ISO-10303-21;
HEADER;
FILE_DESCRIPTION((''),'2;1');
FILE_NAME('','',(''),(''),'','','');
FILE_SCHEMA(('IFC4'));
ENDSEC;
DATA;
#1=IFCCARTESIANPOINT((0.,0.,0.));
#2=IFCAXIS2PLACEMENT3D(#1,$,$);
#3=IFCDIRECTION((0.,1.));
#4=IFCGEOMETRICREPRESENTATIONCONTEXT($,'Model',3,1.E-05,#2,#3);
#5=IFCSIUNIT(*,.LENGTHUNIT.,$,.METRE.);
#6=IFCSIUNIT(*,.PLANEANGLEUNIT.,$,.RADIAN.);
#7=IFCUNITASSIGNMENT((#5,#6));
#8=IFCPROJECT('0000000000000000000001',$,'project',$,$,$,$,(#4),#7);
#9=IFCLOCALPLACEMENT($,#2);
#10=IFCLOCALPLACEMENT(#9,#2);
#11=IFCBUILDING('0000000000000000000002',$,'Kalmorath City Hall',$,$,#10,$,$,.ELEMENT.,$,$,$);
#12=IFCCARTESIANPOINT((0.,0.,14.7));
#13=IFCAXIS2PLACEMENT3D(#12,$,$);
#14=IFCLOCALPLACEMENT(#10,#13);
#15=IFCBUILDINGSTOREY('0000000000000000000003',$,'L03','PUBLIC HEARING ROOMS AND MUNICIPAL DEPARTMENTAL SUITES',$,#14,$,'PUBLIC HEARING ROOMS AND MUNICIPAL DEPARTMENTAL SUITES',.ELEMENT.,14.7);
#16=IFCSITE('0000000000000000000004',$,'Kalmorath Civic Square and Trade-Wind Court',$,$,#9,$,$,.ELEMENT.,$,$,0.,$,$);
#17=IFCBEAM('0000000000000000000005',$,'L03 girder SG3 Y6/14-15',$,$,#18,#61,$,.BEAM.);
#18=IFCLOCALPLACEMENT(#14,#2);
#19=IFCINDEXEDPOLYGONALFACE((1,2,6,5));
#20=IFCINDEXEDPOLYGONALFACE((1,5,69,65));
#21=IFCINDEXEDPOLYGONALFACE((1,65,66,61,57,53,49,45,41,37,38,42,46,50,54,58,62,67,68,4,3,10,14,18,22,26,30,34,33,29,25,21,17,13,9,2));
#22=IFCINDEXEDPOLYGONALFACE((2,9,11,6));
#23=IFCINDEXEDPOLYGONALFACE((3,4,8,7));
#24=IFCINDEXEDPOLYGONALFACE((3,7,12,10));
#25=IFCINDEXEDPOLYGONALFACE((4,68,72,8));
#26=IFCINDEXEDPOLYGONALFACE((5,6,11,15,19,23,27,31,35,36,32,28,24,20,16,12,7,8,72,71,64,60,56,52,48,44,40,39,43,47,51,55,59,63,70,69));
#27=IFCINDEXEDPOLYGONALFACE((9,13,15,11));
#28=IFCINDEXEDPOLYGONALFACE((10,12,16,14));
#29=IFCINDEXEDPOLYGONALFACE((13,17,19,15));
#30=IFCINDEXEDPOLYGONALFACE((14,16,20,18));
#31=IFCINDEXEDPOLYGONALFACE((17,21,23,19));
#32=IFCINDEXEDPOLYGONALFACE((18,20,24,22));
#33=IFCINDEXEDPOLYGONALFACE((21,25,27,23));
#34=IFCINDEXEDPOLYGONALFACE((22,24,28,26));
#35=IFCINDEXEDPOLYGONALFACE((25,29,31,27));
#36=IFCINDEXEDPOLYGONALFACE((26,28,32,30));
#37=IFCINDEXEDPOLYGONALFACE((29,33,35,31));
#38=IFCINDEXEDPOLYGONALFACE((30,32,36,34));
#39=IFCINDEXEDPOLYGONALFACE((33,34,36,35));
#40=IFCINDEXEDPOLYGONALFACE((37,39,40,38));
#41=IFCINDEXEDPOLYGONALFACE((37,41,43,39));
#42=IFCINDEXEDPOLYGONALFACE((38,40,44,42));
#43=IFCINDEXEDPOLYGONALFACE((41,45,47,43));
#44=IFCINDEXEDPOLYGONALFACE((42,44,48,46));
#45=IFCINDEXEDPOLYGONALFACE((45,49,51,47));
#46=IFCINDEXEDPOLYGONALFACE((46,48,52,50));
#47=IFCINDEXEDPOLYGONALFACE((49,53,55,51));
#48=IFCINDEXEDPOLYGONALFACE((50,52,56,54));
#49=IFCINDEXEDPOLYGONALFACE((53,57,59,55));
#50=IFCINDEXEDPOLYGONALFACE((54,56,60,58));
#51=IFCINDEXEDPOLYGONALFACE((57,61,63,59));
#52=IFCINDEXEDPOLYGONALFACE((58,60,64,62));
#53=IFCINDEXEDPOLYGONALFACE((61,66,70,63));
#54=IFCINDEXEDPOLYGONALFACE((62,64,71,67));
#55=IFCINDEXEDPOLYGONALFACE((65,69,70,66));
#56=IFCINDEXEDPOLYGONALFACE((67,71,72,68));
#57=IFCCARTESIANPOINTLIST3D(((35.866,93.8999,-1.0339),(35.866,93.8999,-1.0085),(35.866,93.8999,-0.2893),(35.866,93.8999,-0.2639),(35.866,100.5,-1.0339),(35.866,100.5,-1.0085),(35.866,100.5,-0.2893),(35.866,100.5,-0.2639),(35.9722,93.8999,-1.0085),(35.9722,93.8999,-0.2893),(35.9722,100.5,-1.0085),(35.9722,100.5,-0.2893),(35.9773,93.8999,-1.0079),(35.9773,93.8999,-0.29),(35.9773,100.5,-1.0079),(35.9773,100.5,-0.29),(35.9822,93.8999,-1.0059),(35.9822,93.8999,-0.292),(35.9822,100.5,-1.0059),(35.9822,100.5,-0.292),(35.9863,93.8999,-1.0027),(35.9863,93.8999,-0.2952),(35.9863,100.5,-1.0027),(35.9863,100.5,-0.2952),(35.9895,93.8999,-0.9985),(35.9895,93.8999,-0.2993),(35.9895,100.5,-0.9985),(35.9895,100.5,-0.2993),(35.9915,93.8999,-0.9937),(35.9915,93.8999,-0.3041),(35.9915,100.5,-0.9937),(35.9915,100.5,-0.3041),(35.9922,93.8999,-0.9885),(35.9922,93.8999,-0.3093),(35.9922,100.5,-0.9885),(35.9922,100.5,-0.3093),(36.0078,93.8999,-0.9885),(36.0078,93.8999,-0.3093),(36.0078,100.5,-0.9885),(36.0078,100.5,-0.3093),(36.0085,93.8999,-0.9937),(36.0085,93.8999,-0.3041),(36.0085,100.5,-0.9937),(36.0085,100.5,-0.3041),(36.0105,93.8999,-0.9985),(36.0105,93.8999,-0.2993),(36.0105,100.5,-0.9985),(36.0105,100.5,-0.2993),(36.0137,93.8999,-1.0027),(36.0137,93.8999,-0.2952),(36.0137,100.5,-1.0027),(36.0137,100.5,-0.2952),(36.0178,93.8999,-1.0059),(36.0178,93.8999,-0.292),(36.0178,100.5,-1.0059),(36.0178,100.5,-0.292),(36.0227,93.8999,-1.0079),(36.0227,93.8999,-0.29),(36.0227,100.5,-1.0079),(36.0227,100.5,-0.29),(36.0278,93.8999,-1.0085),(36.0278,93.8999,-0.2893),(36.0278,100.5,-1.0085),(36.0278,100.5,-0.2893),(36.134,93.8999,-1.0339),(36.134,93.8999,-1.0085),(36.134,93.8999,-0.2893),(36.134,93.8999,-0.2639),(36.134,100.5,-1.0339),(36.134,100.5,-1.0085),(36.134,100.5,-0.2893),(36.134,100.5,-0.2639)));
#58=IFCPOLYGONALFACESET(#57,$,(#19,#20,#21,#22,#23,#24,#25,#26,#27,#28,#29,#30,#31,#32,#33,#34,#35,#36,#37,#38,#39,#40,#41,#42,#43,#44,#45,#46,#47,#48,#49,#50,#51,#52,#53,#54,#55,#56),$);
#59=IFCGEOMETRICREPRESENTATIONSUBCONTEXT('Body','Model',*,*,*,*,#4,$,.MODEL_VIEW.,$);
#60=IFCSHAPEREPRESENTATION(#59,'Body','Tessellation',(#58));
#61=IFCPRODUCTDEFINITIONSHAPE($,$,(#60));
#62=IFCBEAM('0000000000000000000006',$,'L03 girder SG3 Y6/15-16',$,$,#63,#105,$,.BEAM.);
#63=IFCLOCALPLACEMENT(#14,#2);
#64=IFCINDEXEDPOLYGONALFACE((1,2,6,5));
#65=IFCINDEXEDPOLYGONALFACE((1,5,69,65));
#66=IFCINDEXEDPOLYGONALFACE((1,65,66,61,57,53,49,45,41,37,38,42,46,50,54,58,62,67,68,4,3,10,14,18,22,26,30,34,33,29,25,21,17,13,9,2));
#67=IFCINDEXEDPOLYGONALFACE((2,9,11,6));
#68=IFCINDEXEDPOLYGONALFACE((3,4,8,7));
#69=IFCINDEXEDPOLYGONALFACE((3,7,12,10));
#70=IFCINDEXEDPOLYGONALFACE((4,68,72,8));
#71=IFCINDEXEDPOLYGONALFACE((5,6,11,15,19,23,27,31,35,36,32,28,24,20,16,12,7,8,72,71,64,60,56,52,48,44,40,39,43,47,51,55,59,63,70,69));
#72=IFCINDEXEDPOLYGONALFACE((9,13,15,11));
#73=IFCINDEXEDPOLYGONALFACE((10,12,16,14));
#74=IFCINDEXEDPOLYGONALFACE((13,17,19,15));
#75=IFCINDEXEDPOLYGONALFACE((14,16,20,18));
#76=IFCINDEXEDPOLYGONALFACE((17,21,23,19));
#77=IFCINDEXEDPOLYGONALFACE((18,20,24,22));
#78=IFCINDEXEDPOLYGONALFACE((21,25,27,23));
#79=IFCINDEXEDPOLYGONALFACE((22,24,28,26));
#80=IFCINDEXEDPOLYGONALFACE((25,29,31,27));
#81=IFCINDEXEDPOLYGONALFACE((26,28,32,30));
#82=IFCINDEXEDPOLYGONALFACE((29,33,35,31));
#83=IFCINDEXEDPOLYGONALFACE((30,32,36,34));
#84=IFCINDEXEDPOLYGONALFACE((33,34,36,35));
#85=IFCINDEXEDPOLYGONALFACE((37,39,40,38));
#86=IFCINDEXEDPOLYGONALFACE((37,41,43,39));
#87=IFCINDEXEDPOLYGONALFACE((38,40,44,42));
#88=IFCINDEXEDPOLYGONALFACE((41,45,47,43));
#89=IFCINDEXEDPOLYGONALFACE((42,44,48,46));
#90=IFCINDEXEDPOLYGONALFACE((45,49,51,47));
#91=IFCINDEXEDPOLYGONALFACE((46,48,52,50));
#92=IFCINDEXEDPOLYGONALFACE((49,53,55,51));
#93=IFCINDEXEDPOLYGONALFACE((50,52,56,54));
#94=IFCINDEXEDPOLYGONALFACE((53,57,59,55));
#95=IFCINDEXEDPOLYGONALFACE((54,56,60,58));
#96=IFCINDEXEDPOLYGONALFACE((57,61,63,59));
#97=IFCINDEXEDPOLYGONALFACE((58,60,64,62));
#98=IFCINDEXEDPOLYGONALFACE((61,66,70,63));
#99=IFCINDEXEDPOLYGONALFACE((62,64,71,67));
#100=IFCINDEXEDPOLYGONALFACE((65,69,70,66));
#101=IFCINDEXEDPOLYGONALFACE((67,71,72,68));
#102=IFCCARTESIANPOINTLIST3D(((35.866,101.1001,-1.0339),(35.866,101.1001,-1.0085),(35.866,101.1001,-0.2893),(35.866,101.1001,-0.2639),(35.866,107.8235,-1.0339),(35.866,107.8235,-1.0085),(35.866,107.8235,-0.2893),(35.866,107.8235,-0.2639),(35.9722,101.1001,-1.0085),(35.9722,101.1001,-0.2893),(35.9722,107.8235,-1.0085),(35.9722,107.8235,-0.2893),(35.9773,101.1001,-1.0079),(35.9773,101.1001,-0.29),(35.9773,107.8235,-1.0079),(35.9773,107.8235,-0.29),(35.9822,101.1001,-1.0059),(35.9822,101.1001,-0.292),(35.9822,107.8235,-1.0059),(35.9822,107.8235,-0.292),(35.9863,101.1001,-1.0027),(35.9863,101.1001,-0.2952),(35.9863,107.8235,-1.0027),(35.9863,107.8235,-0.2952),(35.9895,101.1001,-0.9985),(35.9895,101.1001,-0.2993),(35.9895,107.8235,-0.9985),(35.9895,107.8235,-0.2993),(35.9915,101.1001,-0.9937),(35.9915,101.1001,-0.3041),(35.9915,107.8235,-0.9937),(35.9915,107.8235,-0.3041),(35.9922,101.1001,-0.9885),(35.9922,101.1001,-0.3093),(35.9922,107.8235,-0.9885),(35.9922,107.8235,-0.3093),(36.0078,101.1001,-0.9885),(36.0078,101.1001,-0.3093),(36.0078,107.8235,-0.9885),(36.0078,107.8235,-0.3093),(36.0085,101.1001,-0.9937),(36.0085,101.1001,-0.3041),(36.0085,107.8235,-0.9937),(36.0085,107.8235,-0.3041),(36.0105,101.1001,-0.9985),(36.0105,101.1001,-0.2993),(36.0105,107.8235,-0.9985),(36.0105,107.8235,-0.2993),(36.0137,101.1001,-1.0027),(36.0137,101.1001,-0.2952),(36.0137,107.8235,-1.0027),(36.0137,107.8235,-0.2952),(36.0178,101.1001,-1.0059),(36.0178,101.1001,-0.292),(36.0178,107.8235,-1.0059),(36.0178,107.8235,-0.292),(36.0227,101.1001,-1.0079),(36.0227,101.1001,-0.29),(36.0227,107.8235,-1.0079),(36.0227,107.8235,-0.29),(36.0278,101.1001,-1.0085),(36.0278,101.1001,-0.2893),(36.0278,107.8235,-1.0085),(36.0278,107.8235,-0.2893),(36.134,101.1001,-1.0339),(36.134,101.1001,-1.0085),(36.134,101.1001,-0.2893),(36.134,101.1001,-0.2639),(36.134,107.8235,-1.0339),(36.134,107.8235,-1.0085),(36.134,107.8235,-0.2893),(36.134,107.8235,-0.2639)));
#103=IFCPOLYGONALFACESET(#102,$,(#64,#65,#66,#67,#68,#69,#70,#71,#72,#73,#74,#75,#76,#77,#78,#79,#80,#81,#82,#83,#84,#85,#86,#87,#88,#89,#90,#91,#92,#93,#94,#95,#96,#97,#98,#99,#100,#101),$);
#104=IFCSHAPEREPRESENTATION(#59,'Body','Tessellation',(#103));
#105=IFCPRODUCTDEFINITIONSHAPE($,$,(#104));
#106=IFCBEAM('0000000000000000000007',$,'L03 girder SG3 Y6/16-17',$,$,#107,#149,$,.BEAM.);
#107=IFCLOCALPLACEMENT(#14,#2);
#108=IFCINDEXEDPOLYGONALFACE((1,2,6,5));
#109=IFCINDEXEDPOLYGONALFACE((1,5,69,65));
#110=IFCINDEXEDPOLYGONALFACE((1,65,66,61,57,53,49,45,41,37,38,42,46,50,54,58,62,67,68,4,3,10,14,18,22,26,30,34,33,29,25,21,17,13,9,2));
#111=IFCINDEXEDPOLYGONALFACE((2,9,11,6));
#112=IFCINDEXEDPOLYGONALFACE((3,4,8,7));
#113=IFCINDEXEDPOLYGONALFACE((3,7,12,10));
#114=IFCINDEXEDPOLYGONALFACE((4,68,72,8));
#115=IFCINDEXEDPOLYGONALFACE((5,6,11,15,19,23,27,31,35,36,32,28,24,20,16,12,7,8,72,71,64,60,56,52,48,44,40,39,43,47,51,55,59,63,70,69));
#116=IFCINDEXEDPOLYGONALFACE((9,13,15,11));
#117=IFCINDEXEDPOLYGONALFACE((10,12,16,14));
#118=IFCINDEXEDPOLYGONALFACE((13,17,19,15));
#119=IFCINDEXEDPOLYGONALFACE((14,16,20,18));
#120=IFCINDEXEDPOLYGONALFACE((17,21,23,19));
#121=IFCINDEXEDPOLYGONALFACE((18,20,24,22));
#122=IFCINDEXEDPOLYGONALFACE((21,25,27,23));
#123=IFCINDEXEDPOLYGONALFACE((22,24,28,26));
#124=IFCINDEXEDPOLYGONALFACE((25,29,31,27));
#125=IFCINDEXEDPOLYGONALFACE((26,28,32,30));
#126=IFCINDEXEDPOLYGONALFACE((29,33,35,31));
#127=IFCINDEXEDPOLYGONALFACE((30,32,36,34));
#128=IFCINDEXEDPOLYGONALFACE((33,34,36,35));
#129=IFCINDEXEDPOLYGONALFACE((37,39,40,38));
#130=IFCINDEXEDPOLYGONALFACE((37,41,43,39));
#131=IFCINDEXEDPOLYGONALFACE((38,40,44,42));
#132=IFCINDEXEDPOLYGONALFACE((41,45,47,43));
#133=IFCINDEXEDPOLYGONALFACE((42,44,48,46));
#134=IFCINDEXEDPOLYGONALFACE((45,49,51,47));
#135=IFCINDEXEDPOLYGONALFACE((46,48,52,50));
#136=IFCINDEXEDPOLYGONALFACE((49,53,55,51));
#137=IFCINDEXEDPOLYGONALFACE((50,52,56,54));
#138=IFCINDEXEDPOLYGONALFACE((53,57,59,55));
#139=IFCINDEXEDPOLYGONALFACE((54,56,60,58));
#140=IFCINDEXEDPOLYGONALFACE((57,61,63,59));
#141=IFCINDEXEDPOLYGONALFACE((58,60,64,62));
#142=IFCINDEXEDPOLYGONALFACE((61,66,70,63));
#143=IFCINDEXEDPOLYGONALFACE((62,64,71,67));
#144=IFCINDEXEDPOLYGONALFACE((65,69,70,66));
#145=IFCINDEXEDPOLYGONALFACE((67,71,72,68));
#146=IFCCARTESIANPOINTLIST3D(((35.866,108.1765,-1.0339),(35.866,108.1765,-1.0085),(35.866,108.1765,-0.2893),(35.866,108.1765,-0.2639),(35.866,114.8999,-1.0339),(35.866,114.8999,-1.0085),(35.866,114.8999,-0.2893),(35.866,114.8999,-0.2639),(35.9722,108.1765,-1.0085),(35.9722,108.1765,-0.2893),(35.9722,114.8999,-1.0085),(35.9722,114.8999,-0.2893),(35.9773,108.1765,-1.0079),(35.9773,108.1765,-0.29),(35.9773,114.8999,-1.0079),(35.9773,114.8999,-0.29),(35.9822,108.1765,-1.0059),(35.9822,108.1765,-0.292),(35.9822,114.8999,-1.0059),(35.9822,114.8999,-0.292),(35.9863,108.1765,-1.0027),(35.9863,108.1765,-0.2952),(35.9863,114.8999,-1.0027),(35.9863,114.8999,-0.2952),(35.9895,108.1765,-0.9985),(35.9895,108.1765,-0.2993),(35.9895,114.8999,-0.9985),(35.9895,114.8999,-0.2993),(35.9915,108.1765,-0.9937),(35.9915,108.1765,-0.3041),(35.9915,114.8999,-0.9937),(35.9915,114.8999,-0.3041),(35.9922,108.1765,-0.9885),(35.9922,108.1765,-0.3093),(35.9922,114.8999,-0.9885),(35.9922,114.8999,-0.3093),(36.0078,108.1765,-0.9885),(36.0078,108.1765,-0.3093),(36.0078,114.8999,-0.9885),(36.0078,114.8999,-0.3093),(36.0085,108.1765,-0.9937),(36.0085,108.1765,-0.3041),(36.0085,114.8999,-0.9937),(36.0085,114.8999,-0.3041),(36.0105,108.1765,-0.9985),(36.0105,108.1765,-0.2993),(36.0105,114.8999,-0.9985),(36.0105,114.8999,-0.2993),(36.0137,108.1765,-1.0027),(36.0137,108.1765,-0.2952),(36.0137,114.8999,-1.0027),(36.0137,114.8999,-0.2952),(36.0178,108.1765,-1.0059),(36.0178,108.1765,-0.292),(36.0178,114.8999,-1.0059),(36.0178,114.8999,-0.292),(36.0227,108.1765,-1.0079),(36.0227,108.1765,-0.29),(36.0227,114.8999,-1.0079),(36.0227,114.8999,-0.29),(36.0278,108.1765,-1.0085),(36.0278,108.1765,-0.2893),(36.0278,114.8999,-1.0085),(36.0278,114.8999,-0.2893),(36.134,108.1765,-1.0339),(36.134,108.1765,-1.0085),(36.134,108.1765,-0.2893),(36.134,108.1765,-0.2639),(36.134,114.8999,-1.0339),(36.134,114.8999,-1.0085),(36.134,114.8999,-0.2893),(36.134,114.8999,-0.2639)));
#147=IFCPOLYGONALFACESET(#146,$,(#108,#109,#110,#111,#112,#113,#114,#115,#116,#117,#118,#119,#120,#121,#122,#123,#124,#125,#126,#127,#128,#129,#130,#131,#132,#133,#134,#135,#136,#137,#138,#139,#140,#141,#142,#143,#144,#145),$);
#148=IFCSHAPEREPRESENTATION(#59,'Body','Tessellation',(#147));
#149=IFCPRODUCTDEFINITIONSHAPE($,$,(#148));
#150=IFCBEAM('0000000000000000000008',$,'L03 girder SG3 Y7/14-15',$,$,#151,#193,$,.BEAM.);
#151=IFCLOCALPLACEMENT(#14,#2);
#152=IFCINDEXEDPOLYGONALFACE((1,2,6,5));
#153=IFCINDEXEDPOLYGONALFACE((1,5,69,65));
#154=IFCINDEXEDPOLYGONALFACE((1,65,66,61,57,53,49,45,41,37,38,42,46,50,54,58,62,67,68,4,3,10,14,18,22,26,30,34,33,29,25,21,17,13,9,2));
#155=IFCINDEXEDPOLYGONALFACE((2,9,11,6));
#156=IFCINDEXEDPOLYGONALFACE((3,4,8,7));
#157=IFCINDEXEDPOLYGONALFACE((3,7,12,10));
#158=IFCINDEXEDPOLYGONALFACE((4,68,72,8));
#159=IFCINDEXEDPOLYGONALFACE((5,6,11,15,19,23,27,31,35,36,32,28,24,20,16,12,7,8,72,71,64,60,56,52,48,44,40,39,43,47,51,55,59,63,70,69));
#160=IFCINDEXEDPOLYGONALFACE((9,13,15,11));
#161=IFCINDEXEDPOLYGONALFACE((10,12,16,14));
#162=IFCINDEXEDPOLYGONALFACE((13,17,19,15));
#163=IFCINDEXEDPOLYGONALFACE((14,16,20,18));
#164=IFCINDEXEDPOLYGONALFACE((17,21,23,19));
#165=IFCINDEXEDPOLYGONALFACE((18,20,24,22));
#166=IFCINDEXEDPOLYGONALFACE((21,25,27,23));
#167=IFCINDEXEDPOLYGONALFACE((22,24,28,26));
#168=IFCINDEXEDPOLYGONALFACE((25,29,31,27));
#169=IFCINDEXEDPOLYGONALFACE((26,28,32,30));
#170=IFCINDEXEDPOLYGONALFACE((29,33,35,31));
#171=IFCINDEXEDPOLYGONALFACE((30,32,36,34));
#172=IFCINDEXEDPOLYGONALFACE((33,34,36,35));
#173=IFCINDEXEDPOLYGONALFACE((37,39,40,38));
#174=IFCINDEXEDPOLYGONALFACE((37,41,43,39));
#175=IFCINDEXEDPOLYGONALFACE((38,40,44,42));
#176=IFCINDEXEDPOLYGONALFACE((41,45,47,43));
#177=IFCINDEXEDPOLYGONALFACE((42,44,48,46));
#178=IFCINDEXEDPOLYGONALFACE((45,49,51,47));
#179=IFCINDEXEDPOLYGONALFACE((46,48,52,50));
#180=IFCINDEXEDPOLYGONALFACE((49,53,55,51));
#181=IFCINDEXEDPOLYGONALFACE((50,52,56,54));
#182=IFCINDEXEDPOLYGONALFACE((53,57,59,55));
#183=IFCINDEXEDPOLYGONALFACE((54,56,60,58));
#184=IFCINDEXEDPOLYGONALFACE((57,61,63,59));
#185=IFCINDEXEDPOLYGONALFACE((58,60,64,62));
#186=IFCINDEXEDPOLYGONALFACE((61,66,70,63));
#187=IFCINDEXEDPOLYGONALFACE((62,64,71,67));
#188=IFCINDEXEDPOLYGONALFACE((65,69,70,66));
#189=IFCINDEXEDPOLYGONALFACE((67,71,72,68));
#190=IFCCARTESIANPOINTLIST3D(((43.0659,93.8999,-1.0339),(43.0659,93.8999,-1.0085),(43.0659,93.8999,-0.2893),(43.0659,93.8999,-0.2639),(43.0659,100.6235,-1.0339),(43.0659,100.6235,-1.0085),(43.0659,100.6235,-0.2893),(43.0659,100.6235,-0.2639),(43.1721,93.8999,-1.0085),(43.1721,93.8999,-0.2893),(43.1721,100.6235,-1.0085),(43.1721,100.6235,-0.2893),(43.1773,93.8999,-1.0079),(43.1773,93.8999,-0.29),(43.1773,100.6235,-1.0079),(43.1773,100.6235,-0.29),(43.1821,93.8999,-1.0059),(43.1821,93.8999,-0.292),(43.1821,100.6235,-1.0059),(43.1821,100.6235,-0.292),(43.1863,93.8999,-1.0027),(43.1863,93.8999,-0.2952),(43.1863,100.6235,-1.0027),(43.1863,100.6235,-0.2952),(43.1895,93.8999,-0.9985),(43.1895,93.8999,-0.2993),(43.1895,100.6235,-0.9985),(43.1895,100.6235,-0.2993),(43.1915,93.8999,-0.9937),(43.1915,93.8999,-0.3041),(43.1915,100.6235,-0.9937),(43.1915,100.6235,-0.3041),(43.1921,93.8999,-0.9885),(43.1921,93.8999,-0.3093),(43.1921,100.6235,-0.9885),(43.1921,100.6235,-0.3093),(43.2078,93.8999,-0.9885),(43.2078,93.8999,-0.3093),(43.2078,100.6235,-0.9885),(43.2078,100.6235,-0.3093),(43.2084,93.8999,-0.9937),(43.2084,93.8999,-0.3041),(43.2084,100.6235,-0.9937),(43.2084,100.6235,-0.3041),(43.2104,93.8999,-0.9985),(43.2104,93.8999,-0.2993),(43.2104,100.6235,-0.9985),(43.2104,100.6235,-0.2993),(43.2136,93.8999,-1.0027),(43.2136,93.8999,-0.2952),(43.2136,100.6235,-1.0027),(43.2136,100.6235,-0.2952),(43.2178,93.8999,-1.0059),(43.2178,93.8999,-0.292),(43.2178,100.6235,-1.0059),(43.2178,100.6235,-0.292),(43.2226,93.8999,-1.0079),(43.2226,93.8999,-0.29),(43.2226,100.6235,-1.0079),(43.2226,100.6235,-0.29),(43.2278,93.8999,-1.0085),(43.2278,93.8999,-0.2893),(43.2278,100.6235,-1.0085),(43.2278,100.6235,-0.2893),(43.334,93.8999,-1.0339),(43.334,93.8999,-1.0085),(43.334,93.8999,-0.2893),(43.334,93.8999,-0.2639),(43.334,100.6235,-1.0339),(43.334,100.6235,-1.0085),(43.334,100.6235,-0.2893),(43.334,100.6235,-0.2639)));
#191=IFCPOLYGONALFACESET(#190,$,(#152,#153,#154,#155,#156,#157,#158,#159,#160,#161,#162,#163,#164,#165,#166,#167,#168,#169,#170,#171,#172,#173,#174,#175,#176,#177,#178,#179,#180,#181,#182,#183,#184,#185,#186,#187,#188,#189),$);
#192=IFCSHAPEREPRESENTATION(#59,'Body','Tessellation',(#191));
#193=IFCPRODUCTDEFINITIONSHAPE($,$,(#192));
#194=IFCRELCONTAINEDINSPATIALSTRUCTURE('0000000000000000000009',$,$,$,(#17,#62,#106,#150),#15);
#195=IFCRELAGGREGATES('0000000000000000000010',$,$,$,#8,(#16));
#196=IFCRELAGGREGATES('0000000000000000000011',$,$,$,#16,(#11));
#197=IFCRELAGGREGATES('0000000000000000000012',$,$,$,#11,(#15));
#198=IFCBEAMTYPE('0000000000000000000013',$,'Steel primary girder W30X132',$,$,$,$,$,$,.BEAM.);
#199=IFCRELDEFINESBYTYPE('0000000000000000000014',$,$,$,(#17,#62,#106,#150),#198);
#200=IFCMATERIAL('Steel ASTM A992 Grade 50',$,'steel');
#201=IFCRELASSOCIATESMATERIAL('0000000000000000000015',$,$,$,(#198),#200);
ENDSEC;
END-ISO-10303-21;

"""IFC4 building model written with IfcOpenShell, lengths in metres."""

from ifc_helpers import new_model, si_unit, direction, frame, origin, origin_2d, place, context, subcontext, project, spatial, i_section, extrude, material, material_profile, profile_set, type_object, element, save


model = new_model("IFC4")

# Units and contexts
model_context = context("Model", 3, precision=1e-05, world=origin(), true_north=direction((0.0, 1.0)))
body_context = subcontext(model_context, "Body", "Model", "MODEL_VIEW")
ifc_project = project(units=[si_unit("LENGTHUNIT", "METRE"), si_unit("PLANEANGLEUNIT", "RADIAN")], contexts=[model_context])

# Site, building, storey
site_placement = place(None, origin())
site = spatial("IfcSite", under=ifc_project, at=site_placement, Name="Kalmorath Civic Square and Trade-Wind Court", CompositionType="ELEMENT", RefElevation=0.0)
building_placement = place(site_placement, origin())
building = spatial("IfcBuilding", under=site, at=building_placement, Name="Kalmorath City Hall", CompositionType="ELEMENT")
storey_placement = place(building_placement, frame((0.0, 0.0, 14.7)))
storey = spatial("IfcBuildingStorey", under=building, at=storey_placement, Name="L03", Description="PUBLIC HEARING ROOMS AND MUNICIPAL DEPARTMENTAL SUITES", LongName="PUBLIC HEARING ROOMS AND MUNICIPAL DEPARTMENTAL SUITES", CompositionType="ELEMENT", Elevation=14.7)

# Beams
ifc_material_1 = material(Name="Steel ASTM A992 Grade 50", Category="steel")
ifc_material_profile_1 = material_profile(ifc_material_1, i_section(OverallWidth=0.2681, OverallDepth=0.77, WebThickness=0.0156, FlangeThickness=0.0254, FilletRadius=0.02, at=origin_2d()), Name="W30X132")
ifc_profile_set_1 = profile_set([ifc_material_profile_1], Name="Steel ASTM A992 Grade 50")
beam_type_1 = type_object("IfcBeamType", Name="Steel primary girder W30X132", PredefinedType="BEAM", material=ifc_profile_set_1)
beam_1_placement = place(storey_placement, frame((36.0, 93.8999, -0.6489), z_axis=(0.0, 1.0, 0.0), x_axis=(-1.0, 0.0, 0.0)))
element("IfcBeam", 1, at=beam_1_placement, inside=storey, type_object=beam_type_1, Name="L03 girder SG3 Y6/14-15", PredefinedType="BEAM", context=body_context, shape_type="SweptSolid", body=[
    extrude(i_section(OverallWidth=0.2681, OverallDepth=0.77, WebThickness=0.0156, FlangeThickness=0.0254, FilletRadius=0.02, at=origin_2d()), origin(), (0.0, 0.0, 1.0), 6.6001),
])
for number, where, z_axis, x_axis, name in (
    (2, (36.0, 101.1001, -0.6489), (0.0, 1.0, 0.0), (-1.0, 0.0, 0.0), "L03 girder SG3 Y6/15-16"),
    (3, (36.0, 108.1765, -0.6489), (0.0, 1.0, 0.0), (-1.0, 0.0, 0.0), "L03 girder SG3 Y6/16-17"),
):
    element("IfcBeam", number, at=place(storey_placement, frame(where, z_axis=z_axis, x_axis=x_axis)), inside=storey, type_object=beam_type_1, Name=name, PredefinedType="BEAM", context=body_context, shape_type="SweptSolid", body=[
        extrude(i_section(OverallWidth=0.2681, OverallDepth=0.77, WebThickness=0.0156, FlangeThickness=0.0254, FilletRadius=0.02, at=origin_2d()), origin(), (0.0, 0.0, 1.0), 6.7234),
    ])
beam_2_placement = place(storey_placement, frame((43.2, 93.8999, -0.6489), z_axis=(0.0, 1.0, 0.0), x_axis=(-1.0, 0.0, 0.0)))
element("IfcBeam", 4, at=beam_2_placement, inside=storey, type_object=beam_type_1, Name="L03 girder SG3 Y7/14-15", PredefinedType="BEAM", context=body_context, shape_type="SweptSolid", body=[
    extrude(i_section(OverallWidth=0.2681, OverallDepth=0.77, WebThickness=0.0156, FlangeThickness=0.0254, FilletRadius=0.02, at=origin_2d()), origin(), (0.0, 0.0, 1.0), 6.7236),
])

save(model, "model.ifc")
